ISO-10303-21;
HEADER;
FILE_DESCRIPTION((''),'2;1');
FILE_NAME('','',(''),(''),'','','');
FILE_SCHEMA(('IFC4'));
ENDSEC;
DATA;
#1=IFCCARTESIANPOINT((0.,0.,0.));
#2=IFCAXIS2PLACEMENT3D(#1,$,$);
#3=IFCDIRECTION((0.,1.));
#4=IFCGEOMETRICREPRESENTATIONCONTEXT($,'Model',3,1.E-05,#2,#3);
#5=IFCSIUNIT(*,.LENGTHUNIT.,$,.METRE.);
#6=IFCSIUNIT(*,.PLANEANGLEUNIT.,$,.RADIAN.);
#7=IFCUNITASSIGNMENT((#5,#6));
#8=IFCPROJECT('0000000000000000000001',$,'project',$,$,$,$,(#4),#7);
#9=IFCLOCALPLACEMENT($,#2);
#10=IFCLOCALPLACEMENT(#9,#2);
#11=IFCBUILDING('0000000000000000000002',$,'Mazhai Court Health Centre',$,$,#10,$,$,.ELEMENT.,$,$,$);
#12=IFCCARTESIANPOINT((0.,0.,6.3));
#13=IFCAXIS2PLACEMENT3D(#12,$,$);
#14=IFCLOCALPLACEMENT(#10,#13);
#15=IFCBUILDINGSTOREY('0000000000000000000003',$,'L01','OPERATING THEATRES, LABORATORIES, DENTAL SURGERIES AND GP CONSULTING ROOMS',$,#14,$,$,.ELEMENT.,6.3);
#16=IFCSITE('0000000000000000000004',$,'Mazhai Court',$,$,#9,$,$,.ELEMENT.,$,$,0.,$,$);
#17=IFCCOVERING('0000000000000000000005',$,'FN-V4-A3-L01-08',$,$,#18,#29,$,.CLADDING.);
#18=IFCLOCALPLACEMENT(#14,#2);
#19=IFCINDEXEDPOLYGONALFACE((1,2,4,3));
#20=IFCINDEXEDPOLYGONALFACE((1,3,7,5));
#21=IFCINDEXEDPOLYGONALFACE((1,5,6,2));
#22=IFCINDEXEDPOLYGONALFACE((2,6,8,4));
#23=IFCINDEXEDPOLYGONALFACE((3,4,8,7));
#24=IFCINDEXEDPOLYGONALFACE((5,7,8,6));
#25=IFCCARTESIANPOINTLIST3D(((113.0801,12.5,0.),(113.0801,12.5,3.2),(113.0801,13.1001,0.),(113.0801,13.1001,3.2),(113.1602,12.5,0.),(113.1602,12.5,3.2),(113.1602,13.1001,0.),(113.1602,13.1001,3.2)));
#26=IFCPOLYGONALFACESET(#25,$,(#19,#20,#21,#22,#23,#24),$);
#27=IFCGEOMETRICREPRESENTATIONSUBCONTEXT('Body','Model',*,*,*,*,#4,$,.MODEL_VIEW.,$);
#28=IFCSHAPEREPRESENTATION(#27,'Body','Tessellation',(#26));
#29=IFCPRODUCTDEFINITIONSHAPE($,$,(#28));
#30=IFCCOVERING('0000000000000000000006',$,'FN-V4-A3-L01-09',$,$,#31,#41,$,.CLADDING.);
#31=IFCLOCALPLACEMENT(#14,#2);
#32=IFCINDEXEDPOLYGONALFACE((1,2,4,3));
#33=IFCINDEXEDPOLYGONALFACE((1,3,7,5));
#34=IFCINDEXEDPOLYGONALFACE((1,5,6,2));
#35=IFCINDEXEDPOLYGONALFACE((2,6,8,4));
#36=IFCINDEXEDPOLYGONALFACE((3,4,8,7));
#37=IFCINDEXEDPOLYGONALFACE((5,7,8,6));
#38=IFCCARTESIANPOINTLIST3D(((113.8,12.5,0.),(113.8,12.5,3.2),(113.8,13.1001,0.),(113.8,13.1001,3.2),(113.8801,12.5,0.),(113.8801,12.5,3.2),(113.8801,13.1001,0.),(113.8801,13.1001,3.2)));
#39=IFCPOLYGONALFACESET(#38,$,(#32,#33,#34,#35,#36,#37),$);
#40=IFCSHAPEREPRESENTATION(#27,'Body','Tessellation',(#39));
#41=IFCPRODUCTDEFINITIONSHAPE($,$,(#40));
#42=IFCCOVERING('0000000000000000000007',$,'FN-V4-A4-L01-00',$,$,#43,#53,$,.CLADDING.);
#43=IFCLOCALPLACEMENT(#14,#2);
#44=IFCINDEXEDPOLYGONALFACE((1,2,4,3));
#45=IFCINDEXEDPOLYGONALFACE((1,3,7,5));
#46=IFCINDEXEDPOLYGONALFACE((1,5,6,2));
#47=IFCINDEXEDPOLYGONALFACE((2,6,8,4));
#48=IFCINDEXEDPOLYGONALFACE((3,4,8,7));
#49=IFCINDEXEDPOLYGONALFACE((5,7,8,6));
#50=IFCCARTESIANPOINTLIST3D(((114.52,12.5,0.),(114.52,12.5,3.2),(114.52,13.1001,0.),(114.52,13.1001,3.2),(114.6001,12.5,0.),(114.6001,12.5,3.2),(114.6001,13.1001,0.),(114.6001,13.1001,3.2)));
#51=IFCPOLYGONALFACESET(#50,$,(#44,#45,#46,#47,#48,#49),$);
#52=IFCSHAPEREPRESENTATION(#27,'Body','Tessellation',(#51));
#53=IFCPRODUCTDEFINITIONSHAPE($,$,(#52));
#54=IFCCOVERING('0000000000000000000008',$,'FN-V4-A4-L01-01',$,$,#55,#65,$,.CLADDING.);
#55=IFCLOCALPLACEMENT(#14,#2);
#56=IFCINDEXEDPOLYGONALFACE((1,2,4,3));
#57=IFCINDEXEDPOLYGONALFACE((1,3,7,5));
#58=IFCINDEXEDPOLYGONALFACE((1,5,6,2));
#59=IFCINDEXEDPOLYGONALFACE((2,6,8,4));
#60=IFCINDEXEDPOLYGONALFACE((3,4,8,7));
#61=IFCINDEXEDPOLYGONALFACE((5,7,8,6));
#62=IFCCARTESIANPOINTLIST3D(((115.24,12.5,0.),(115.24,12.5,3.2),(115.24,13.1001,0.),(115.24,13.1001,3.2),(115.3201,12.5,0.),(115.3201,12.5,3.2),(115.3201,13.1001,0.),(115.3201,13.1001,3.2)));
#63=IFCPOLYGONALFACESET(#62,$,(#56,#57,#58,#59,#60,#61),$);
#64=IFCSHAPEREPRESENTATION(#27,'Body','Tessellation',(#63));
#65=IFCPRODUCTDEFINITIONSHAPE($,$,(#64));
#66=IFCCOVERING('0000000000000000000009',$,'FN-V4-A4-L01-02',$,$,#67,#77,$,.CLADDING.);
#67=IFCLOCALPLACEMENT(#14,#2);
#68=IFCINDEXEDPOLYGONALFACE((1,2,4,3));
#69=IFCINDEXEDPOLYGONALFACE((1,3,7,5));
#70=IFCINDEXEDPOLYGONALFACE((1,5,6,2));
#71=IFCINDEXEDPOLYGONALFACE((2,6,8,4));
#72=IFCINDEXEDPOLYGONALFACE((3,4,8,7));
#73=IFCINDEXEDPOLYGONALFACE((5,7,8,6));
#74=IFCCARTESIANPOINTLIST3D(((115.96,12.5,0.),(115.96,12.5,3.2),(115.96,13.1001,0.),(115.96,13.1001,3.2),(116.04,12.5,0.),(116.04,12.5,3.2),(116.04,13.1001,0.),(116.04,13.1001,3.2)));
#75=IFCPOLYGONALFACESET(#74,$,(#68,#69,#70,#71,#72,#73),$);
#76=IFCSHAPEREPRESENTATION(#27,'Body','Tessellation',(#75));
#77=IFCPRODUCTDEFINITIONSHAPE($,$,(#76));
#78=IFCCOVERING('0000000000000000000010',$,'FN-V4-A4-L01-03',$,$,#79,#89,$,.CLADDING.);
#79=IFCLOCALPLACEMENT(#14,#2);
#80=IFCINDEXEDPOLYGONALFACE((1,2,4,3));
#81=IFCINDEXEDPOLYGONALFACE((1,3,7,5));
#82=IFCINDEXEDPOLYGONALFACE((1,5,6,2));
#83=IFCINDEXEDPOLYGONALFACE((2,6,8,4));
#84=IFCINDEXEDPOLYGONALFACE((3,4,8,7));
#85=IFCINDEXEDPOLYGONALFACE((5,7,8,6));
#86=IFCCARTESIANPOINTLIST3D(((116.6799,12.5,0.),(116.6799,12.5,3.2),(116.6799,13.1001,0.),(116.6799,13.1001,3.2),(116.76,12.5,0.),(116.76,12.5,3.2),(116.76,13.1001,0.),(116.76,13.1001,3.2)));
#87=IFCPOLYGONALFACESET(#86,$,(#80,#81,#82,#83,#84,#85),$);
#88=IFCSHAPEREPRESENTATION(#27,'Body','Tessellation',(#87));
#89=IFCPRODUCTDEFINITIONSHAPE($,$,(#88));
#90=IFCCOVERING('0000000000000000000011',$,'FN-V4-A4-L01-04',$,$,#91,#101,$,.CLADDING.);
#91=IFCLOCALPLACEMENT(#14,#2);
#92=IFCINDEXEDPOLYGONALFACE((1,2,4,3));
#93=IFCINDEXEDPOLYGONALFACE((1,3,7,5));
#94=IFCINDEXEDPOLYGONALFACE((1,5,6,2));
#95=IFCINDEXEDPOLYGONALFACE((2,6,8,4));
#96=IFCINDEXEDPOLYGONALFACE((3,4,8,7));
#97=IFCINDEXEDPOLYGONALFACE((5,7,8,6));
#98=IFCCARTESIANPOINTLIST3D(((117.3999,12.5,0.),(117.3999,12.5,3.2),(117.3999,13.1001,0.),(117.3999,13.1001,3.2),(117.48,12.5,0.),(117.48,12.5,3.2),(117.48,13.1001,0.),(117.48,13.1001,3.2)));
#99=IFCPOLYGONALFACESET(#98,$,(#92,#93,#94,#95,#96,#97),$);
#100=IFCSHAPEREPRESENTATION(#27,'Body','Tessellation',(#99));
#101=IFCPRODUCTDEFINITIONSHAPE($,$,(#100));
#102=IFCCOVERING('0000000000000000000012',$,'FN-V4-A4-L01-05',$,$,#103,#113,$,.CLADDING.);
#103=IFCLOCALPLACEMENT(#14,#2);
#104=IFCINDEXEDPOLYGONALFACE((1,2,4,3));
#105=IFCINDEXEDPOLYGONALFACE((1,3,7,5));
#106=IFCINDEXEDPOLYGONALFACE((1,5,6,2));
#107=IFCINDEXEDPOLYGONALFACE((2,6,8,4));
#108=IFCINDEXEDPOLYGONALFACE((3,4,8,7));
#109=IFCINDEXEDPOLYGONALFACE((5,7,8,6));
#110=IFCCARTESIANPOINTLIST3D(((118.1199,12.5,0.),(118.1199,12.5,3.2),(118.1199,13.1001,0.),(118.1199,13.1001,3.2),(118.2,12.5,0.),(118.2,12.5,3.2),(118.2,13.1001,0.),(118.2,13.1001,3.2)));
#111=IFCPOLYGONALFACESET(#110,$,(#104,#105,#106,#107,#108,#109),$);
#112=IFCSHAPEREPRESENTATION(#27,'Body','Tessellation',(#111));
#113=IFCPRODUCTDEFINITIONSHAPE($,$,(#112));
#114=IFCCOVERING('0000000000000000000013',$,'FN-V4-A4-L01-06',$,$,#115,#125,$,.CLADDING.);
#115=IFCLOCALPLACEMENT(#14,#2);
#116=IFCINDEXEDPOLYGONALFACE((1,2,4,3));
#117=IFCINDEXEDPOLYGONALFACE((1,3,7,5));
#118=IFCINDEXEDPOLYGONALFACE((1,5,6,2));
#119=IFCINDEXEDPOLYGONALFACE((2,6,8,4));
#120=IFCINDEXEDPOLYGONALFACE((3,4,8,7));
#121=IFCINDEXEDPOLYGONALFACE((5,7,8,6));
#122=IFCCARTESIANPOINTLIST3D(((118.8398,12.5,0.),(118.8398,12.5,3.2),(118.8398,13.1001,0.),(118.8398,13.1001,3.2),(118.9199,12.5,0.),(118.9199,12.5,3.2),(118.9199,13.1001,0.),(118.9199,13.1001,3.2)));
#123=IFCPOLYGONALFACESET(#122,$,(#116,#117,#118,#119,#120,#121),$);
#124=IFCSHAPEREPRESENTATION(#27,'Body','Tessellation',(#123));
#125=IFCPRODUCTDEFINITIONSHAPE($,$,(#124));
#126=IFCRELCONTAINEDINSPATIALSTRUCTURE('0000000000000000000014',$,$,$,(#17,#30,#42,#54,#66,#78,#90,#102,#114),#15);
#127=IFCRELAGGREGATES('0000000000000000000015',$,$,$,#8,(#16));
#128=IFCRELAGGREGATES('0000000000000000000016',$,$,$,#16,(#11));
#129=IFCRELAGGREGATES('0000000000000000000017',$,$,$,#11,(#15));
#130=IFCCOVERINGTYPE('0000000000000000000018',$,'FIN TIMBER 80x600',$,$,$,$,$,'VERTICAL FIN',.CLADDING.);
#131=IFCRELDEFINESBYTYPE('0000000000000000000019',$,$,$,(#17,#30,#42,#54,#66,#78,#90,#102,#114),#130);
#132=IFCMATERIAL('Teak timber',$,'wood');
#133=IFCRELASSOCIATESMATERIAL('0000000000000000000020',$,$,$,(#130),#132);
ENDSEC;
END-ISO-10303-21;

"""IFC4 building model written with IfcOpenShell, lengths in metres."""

from ifc_helpers import new_model, si_unit, direction, frame, origin, origin_2d, place, context, subcontext, project, spatial, rectangle, extrude, material, type_object, element, save


model = new_model("IFC4")

# Units and contexts
model_context = context("Model", 3, precision=1e-05, world=origin(), true_north=direction((0.0, 1.0)))
body_context = subcontext(model_context, "Body", "Model", "MODEL_VIEW")
ifc_project = project(units=[si_unit("LENGTHUNIT", "METRE"), si_unit("PLANEANGLEUNIT", "RADIAN")], contexts=[model_context])

# Site, building, storey
site_placement = place(None, origin())
site = spatial("IfcSite", under=ifc_project, at=site_placement, Name="Mazhai Court", CompositionType="ELEMENT", RefElevation=0.0)
building_placement = place(site_placement, origin())
building = spatial("IfcBuilding", under=site, at=building_placement, Name="Mazhai Court Health Centre", CompositionType="ELEMENT")
storey_placement = place(building_placement, frame((0.0, 0.0, 6.3)))
storey = spatial("IfcBuildingStorey", under=building, at=storey_placement, Name="L01", Description="OPERATING THEATRES, LABORATORIES, DENTAL SURGERIES AND GP CONSULTING ROOMS", CompositionType="ELEMENT", Elevation=6.3)

# Coverings
ifc_material_1 = material(Name="Teak timber", Category="wood")
covering_type = type_object("IfcCoveringType", Name="FIN TIMBER 80x600", ElementType="VERTICAL FIN", PredefinedType="CLADDING", material=ifc_material_1)
for number, where, z_axis, x_axis, name in (
    (1, (113.1201, 12.8, 0.0), (0.0, 0.0, 1.0), (1.0, 0.0, 0.0), "FN-V4-A3-L01-08"),
    (2, (113.8401, 12.8, 0.0), (0.0, 0.0, 1.0), (1.0, 0.0, 0.0), "FN-V4-A3-L01-09"),
    (3, (114.5601, 12.8, 0.0), (0.0, 0.0, 1.0), (1.0, 0.0, 0.0), "FN-V4-A4-L01-00"),
    (4, (115.28, 12.8, 0.0), (0.0, 0.0, 1.0), (1.0, 0.0, 0.0), "FN-V4-A4-L01-01"),
    (5, (116.0, 12.8, 0.0), (0.0, 0.0, 1.0), (1.0, 0.0, 0.0), "FN-V4-A4-L01-02"),
    (6, (116.72, 12.8, 0.0), (0.0, 0.0, 1.0), (1.0, 0.0, 0.0), "FN-V4-A4-L01-03"),
    (7, (117.4399, 12.8, 0.0), (0.0, 0.0, 1.0), (1.0, 0.0, 0.0), "FN-V4-A4-L01-04"),
    (8, (118.1599, 12.8, 0.0), (0.0, 0.0, 1.0), (1.0, 0.0, 0.0), "FN-V4-A4-L01-05"),
    (9, (118.8799, 12.8, 0.0), (0.0, 0.0, 1.0), (1.0, 0.0, 0.0), "FN-V4-A4-L01-06"),
):
    element("IfcCovering", number, at=place(storey_placement, frame(where, z_axis=z_axis, x_axis=x_axis)), inside=storey, type_object=covering_type, Name=name, PredefinedType="CLADDING", context=body_context, shape_type="SweptSolid", body=[
        extrude(rectangle(XDim=0.0801, YDim=0.6001, at=origin_2d()), origin(), (0.0, 0.0, 1.0), 3.2),
    ])

save(model, "model.ifc")
